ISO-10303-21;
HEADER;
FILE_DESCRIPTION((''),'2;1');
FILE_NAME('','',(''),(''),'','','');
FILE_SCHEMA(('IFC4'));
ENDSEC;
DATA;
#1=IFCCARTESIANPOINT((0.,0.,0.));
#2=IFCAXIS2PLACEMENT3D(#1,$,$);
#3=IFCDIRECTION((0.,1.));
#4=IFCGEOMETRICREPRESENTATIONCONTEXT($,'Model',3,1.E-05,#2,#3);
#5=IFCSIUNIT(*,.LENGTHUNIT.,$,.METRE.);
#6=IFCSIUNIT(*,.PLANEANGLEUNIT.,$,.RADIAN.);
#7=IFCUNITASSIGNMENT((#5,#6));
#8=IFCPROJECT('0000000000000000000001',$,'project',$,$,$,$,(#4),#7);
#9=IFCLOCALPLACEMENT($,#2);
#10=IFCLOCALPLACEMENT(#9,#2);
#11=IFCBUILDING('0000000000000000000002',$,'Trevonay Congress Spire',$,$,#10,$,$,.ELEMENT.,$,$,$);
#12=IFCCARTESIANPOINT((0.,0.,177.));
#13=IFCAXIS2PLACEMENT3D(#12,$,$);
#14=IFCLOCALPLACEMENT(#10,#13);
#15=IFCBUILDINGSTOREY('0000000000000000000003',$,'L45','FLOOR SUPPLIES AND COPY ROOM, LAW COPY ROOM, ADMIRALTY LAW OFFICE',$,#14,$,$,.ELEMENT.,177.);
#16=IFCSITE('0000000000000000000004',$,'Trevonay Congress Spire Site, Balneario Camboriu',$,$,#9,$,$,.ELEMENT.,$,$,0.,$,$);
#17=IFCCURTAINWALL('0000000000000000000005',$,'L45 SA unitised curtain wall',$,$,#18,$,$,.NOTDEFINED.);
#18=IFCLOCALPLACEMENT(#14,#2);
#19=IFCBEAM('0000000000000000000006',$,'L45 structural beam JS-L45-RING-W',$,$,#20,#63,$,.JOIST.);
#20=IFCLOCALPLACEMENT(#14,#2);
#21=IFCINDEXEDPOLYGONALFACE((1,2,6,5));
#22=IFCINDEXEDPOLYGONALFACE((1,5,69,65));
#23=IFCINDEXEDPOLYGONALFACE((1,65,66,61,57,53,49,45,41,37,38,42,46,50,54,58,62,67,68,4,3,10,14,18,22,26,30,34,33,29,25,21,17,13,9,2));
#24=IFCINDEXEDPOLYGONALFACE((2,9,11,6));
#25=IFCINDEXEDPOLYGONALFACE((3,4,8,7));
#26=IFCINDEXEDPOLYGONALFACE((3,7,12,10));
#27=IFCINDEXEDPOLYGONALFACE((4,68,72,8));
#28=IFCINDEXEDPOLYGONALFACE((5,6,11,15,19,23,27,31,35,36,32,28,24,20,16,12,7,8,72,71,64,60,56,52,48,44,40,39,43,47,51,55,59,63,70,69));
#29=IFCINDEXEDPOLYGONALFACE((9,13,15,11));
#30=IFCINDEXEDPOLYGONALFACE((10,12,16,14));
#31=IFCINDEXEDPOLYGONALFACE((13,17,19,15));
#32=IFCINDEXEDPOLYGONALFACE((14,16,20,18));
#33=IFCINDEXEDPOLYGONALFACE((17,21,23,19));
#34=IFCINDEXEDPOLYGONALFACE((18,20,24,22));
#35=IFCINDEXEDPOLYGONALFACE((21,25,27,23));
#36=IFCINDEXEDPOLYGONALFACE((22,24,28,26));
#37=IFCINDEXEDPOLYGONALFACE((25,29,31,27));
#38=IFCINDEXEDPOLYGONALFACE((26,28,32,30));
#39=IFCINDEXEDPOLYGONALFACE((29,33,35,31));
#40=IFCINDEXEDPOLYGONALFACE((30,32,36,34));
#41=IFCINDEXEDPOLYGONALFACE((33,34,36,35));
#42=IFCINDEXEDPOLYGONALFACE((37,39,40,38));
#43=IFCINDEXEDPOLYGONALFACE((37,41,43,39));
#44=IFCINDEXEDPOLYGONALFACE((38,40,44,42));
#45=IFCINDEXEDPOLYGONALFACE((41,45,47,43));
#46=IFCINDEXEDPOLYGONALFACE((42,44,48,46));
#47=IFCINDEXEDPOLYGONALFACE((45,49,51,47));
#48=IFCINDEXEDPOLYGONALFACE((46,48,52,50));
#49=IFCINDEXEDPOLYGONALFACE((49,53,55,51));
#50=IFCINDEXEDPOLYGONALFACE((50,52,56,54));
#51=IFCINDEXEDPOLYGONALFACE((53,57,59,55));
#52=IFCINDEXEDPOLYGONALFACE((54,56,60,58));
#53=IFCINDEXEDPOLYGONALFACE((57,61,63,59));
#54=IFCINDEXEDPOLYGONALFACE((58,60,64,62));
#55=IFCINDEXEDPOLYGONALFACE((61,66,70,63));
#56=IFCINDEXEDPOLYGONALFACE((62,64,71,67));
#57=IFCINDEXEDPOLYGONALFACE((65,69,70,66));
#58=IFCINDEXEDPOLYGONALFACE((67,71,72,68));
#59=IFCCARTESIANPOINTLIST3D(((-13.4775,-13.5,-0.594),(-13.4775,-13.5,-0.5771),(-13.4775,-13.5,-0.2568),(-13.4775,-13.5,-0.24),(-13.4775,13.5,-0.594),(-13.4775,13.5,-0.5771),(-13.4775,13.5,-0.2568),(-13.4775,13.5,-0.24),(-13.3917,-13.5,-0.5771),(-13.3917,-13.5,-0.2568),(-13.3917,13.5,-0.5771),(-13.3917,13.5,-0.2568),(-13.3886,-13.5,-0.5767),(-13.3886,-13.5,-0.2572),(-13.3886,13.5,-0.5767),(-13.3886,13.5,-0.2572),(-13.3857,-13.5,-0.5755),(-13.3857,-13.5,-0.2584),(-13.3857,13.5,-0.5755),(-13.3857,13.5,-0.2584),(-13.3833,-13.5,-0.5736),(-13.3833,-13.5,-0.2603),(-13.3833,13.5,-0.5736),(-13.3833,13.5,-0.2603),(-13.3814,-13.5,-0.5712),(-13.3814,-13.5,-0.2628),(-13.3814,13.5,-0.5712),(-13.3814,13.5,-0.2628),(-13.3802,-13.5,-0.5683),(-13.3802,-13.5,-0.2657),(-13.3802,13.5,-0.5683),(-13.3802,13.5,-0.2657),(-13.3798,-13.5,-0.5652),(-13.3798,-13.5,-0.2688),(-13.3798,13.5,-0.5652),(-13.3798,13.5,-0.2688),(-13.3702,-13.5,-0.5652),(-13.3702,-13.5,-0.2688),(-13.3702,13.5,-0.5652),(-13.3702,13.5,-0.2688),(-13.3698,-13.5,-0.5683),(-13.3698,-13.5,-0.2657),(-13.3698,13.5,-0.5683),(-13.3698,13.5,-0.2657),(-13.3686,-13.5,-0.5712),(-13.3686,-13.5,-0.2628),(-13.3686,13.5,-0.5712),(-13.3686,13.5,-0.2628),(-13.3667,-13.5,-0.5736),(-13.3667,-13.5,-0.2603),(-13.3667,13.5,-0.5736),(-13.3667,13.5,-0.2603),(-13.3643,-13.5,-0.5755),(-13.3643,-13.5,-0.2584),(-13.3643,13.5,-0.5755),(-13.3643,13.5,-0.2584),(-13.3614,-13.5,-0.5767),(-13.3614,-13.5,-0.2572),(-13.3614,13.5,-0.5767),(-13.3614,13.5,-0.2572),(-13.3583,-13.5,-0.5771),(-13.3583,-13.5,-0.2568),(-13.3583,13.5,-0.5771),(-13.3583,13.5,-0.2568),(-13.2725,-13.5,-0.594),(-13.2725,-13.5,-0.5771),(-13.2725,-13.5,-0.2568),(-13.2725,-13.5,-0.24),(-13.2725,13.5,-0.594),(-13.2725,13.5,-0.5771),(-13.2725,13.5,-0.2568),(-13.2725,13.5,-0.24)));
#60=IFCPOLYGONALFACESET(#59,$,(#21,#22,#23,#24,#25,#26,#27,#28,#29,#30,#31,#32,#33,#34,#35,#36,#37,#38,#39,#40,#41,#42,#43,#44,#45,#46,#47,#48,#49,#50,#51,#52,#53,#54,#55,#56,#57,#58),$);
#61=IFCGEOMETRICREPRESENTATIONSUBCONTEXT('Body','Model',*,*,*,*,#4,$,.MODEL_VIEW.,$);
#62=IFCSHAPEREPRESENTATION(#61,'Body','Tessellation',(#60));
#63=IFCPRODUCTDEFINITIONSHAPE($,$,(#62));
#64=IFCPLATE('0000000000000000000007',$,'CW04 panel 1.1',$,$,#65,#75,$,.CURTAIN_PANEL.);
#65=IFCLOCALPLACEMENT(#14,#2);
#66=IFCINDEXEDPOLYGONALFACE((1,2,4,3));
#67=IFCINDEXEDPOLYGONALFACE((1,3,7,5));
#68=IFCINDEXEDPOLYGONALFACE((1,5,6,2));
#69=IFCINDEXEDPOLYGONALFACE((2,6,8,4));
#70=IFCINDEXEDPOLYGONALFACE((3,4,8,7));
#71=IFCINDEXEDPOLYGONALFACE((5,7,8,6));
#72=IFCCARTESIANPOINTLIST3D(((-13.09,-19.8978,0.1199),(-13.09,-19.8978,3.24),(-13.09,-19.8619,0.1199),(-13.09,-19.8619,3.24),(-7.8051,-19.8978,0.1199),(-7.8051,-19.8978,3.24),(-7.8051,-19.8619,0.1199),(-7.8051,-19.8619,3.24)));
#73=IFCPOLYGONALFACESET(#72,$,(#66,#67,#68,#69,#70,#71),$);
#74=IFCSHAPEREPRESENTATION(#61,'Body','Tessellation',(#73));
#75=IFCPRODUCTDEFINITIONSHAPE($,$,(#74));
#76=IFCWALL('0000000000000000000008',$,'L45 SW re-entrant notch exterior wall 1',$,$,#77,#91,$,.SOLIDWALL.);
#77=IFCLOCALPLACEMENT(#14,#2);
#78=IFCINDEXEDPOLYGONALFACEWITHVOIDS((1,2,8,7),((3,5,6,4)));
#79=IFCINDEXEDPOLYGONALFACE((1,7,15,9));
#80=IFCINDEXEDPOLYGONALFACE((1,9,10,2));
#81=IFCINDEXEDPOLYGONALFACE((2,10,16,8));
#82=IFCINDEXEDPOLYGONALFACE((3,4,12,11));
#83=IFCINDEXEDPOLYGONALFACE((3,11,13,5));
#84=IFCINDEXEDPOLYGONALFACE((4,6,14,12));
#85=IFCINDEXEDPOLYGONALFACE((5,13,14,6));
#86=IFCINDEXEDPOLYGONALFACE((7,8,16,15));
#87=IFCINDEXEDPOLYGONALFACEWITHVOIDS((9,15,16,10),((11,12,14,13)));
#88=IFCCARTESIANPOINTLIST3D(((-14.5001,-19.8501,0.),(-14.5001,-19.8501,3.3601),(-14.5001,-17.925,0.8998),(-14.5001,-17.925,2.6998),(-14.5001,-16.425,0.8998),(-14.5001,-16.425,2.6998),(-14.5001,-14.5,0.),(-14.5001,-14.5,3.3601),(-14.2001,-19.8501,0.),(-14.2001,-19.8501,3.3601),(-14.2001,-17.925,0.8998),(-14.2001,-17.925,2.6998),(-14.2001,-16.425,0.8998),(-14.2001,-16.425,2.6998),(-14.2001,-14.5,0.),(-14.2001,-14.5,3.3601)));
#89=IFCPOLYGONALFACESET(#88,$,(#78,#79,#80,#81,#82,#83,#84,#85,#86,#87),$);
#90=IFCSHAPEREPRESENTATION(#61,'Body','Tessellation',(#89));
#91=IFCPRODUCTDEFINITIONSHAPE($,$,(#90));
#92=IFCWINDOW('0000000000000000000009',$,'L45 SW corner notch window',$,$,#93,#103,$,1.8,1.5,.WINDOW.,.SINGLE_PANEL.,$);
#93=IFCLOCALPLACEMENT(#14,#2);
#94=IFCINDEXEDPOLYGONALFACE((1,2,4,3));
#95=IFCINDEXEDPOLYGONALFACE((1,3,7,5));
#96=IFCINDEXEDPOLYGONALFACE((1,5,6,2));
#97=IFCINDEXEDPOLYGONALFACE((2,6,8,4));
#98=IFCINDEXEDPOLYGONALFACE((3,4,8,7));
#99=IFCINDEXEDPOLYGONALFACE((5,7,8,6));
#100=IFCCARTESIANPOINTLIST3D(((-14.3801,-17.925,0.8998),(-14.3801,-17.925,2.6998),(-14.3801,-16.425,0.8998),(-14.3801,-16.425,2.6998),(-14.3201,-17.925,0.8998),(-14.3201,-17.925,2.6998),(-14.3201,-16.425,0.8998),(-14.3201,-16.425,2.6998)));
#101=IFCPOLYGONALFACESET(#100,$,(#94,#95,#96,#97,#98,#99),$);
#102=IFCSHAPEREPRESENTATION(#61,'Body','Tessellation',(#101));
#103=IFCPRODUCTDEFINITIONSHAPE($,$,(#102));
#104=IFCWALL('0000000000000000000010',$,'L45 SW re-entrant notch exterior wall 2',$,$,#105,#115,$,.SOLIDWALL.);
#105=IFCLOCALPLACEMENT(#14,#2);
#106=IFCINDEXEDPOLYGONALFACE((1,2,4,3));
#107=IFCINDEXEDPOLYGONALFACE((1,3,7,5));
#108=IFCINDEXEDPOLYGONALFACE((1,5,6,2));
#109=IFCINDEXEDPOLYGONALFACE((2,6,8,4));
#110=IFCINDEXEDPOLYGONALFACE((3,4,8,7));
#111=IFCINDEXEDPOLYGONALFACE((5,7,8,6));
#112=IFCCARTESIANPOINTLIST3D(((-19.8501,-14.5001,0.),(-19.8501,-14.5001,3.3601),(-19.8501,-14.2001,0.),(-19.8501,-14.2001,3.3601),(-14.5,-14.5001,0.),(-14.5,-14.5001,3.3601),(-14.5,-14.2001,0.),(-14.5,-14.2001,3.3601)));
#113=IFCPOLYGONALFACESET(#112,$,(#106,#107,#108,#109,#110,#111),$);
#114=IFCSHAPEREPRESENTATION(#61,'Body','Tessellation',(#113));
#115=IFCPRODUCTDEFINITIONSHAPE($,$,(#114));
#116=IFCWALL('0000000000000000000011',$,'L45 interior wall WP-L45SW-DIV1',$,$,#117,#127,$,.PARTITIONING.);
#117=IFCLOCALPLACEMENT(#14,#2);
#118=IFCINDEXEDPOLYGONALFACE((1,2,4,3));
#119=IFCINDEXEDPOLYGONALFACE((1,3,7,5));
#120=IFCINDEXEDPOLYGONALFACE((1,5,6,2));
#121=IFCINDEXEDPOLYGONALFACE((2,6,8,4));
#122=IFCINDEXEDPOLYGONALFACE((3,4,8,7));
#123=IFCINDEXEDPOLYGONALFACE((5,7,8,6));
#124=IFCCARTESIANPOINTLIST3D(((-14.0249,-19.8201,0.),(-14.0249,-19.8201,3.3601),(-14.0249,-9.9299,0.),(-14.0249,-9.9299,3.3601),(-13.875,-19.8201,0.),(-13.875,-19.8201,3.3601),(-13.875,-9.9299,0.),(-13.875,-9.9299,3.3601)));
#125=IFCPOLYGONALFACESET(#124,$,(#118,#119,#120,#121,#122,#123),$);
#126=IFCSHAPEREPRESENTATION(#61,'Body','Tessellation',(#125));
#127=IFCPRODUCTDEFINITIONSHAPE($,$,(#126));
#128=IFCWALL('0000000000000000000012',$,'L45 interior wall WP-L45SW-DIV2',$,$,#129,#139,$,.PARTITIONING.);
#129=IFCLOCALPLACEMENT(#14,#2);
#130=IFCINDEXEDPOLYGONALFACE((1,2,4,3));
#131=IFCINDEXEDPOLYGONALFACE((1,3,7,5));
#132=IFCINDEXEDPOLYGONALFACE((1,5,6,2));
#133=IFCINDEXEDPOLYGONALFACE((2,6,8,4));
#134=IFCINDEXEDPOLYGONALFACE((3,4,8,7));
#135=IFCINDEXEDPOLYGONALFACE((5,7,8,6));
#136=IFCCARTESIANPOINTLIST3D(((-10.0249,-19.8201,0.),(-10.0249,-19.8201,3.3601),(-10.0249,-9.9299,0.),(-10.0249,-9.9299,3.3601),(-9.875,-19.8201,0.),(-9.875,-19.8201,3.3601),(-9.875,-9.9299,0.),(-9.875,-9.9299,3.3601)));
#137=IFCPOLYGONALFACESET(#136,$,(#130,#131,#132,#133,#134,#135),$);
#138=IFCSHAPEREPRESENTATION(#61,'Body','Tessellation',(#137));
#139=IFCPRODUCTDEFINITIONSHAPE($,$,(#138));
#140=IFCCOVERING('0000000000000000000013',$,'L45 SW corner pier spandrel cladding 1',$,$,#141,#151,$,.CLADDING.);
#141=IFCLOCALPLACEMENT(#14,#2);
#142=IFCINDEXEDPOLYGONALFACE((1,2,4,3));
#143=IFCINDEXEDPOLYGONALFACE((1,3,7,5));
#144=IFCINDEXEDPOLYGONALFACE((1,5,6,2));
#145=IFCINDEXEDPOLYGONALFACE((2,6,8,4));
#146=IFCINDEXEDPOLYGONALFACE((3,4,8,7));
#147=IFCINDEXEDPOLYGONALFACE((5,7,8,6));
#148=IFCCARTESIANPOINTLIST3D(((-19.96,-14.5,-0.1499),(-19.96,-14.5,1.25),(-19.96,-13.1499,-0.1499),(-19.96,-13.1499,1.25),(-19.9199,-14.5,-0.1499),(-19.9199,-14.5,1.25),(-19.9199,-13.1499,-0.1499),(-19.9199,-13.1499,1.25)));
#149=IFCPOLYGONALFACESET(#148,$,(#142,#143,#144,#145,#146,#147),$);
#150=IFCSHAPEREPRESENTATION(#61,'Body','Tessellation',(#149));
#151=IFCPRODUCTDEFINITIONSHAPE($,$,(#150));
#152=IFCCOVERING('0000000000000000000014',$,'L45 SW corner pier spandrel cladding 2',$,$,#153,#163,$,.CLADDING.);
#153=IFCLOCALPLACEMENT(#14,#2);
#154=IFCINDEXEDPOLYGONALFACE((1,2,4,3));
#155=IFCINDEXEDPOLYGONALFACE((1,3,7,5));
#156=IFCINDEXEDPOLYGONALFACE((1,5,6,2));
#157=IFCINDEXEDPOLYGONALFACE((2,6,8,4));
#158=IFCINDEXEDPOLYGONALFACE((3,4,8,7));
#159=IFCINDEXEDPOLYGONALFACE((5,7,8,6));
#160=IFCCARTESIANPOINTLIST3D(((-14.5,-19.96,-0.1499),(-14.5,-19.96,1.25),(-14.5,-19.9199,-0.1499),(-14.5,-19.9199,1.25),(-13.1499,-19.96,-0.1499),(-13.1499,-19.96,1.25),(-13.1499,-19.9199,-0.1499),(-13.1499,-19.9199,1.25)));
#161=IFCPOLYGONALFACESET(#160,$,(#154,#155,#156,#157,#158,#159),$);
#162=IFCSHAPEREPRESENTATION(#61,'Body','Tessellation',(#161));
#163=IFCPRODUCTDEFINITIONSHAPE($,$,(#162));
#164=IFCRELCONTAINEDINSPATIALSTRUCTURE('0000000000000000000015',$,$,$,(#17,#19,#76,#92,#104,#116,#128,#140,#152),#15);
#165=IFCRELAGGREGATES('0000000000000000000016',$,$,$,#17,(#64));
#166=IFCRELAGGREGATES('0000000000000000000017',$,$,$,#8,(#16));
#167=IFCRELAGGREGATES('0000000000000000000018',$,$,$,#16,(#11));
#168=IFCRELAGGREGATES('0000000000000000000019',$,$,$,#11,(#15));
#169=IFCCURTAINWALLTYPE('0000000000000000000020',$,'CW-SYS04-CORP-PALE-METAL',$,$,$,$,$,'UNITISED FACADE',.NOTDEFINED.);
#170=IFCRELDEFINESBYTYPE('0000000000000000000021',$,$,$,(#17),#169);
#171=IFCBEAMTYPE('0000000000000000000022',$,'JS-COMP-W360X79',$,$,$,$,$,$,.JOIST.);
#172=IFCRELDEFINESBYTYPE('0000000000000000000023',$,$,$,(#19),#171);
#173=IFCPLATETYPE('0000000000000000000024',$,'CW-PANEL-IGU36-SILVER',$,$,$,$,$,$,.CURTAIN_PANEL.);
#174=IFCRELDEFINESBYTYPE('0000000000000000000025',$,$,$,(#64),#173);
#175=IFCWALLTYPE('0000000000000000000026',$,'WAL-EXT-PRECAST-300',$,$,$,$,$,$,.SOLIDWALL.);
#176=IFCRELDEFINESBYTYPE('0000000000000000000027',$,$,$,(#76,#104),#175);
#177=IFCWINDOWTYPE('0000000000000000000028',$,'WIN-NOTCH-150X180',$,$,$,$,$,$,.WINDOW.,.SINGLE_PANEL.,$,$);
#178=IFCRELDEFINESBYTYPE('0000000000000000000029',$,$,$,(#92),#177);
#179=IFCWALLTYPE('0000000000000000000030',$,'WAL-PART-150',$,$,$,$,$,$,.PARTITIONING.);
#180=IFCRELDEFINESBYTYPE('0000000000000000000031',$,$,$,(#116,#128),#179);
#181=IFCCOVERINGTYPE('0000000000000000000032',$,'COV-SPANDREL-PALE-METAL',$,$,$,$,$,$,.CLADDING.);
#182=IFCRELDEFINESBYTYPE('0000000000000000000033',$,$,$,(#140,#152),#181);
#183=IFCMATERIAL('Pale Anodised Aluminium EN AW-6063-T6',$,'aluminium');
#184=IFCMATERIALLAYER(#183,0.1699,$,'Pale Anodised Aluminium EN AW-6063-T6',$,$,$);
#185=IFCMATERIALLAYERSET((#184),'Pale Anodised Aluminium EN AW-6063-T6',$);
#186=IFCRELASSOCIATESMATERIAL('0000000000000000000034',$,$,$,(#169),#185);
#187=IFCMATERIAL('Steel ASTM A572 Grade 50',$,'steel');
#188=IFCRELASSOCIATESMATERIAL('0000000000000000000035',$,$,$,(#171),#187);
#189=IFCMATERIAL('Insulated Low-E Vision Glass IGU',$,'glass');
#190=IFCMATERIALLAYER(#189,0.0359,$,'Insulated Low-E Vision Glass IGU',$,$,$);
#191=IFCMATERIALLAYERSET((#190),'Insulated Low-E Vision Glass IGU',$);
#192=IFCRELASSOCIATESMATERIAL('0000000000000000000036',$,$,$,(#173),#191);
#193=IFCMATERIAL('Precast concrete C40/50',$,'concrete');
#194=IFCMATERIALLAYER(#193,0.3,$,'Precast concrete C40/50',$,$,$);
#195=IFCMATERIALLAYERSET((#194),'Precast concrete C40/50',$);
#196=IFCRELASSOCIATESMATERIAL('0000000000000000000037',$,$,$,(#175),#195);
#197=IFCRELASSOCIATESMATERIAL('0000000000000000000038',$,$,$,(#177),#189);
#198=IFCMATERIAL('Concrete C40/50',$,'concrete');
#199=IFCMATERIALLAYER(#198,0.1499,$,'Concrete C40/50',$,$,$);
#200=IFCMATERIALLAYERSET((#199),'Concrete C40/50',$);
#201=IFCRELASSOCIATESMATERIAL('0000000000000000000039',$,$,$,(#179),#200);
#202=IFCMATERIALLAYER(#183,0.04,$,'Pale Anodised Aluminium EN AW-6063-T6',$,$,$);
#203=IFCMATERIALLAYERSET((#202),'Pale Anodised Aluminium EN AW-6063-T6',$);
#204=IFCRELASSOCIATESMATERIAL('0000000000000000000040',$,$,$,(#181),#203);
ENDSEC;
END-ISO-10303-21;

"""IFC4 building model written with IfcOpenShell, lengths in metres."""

from ifc_helpers import new_model, si_unit, direction, frame, frame_2d, origin, origin_2d, place, context, subcontext, project, spatial, rectangle, i_section, extrude, material, layer, layer_set, material_profile, profile_set, type_object, element, fill, aggregate, save


model = new_model("IFC4")

# Units and contexts
model_context = context("Model", 3, precision=1e-05, world=origin(), true_north=direction((0.0, 1.0)))
body_context = subcontext(model_context, "Body", "Model", "MODEL_VIEW")
ifc_project = project(units=[si_unit("LENGTHUNIT", "METRE"), si_unit("PLANEANGLEUNIT", "RADIAN")], contexts=[model_context])

# Site, building, storey
site_placement = place(None, origin())
site = spatial("IfcSite", under=ifc_project, at=site_placement, Name="Trevonay Congress Spire Site, Balneario Camboriu", CompositionType="ELEMENT", RefElevation=0.0)
building_placement = place(site_placement, origin())
building = spatial("IfcBuilding", under=site, at=building_placement, Name="Trevonay Congress Spire", CompositionType="ELEMENT")
storey_placement = place(building_placement, frame((0.0, 0.0, 177.0)))
storey = spatial("IfcBuildingStorey", under=building, at=storey_placement, Name="L45", Description="FLOOR SUPPLIES AND COPY ROOM, LAW COPY ROOM, ADMIRALTY LAW OFFICE", CompositionType="ELEMENT", Elevation=177.0)

# Shared definitions
ifc_material_1 = material(Name="Steel ASTM A572 Grade 50", Category="steel")

# Curtain wall
ifc_material_2 = material(Name="Pale Anodised Aluminium EN AW-6063-T6", Category="aluminium")
ifc_layer_1 = layer(ifc_material_2, 0.1699, Name="Pale Anodised Aluminium EN AW-6063-T6")
ifc_layer_set_1 = layer_set([ifc_layer_1], Name="Pale Anodised Aluminium EN AW-6063-T6")
curtain_wall_type = type_object("IfcCurtainWallType", Name="CW-SYS04-CORP-PALE-METAL", ElementType="UNITISED FACADE", PredefinedType="NOTDEFINED", material=ifc_layer_set_1)
curtain_wall_1_placement = place(storey_placement, origin())
curtain_wall_1 = element("IfcCurtainWall", 1, at=curtain_wall_1_placement, inside=storey, type_object=curtain_wall_type, Name="L45 SA unitised curtain wall", PredefinedType="NOTDEFINED")

# Beam
ifc_material_profile_1 = material_profile(ifc_material_1, i_section(OverallWidth=0.2051, OverallDepth=0.354, WebThickness=0.0095, FlangeThickness=0.0168, FilletRadius=0.012, at=origin_2d()), Name="W360x79")
ifc_profile_set_1 = profile_set([ifc_material_profile_1], Name="Steel ASTM A572 Grade 50")
beam_type_1 = type_object("IfcBeamType", Name="JS-COMP-W360X79", PredefinedType="JOIST", material=ifc_profile_set_1)
for number, where, z_axis, x_axis, name in (
    (2, (-13.375, -13.5, -0.417), (0.0, 1.0, 0.0), (-1.0, 0.0, 0.0), "L45 structural beam JS-L45-RING-W"),
):
    element("IfcBeam", number, at=place(storey_placement, frame(where, z_axis=z_axis, x_axis=x_axis)), inside=storey, type_object=beam_type_1, Name=name, PredefinedType="JOIST", context=body_context, shape_type="SweptSolid", body=[
        extrude(i_section(OverallWidth=0.2051, OverallDepth=0.354, WebThickness=0.0095, FlangeThickness=0.0168, FilletRadius=0.012, at=origin_2d()), origin(), (0.0, 0.0, 1.0), 27.0),
    ])

# Plate
ifc_material_3 = material(Name="Insulated Low-E Vision Glass IGU", Category="glass")
ifc_layer_2 = layer(ifc_material_3, 0.0359, Name="Insulated Low-E Vision Glass IGU")
ifc_layer_set_2 = layer_set([ifc_layer_2], Name="Insulated Low-E Vision Glass IGU")
plate_type = type_object("IfcPlateType", Name="CW-PANEL-IGU36-SILVER", PredefinedType="CURTAIN_PANEL", material=ifc_layer_set_2)
plate_placement = place(storey_placement, frame((-10.4475, -19.8799, 0.1199), z_axis=(0.0, 0.0, 1.0), x_axis=(1.0, 0.0, 0.0)))
plate = element("IfcPlate", 3, at=plate_placement, type_object=plate_type, Name="CW04 panel 1.1", PredefinedType="CURTAIN_PANEL", context=body_context, shape_type="SweptSolid", body=[
    extrude(rectangle(XDim=5.2849, YDim=0.0359, at=origin_2d()), origin(), (0.0, 0.0, 1.0), 3.1201),
])
aggregate(curtain_wall_1, [plate])

# Wall, opening, window
ifc_material_4 = material(Name="Precast concrete C40/50", Category="concrete")
ifc_layer_3 = layer(ifc_material_4, 0.3, Name="Precast concrete C40/50")
ifc_layer_set_3 = layer_set([ifc_layer_3], Name="Precast concrete C40/50")
wall_type_1 = type_object("IfcWallType", Name="WAL-EXT-PRECAST-300", PredefinedType="SOLIDWALL", material=ifc_layer_set_3)
wall_1_placement = place(storey_placement, frame((-14.3501, -19.8501, 0.0), z_axis=(0.0, 0.0, 1.0), x_axis=(0.0, 1.0, 0.0)))
wall_1 = element("IfcWall", 4, at=wall_1_placement, inside=storey, type_object=wall_type_1, Name="L45 SW re-entrant notch exterior wall 1", PredefinedType="SOLIDWALL", context=body_context, shape_type="SweptSolid", body=[
    extrude(rectangle(XDim=5.3501, YDim=0.3, at=frame_2d((2.675, 0.0))), origin(), (0.0, 0.0, 1.0), 3.3601),
])
opening_placement = place(wall_1_placement, frame((1.925, 0.0, 0.8999)))
opening = element("IfcOpeningElement", 5, at=opening_placement, cuts=wall_1, PredefinedType="OPENING", context=body_context, shape_type="SweptSolid", body=[
    extrude(rectangle(XDim=1.5, YDim=1.8, at=frame_2d((0.75, 0.8999))), frame((0.0, 0.1602, 0.0), z_axis=(0.0, -1.0, 0.0), x_axis=(1.0, 0.0, 0.0)), (0.0, 0.0, 1.0), 0.3201),
])
window_type = type_object("IfcWindowType", Name="WIN-NOTCH-150X180", PartitioningType="SINGLE_PANEL", PredefinedType="WINDOW", material=ifc_material_3)
window_placement = place(opening_placement, origin())
window = element("IfcWindow", 6, at=window_placement, inside=storey, type_object=window_type, Name="L45 SW corner notch window", OverallHeight=1.8, OverallWidth=1.5, PartitioningType="SINGLE_PANEL", PredefinedType="WINDOW", context=body_context, shape_type="SweptSolid", body=[
    extrude(rectangle(XDim=1.5, YDim=1.8, at=frame_2d((0.75, 0.8999))), frame((0.0, 0.03, 0.0), z_axis=(0.0, -1.0, 0.0), x_axis=(1.0, 0.0, 0.0)), (0.0, 0.0, 1.0), 0.0601),
])
fill(opening, window)

# Walls
wall_2_placement = place(storey_placement, frame((-19.8501, -14.3501, 0.0), z_axis=(0.0, 0.0, 1.0), x_axis=(1.0, 0.0, 0.0)))
element("IfcWall", 7, at=wall_2_placement, inside=storey, type_object=wall_type_1, Name="L45 SW re-entrant notch exterior wall 2", PredefinedType="SOLIDWALL", context=body_context, shape_type="SweptSolid", body=[
    extrude(rectangle(XDim=5.3501, YDim=0.3, at=frame_2d((2.675, 0.0))), origin(), (0.0, 0.0, 1.0), 3.3601),
])
ifc_material_5 = material(Name="Concrete C40/50", Category="concrete")
ifc_layer_4 = layer(ifc_material_5, 0.1499, Name="Concrete C40/50")
ifc_layer_set_4 = layer_set([ifc_layer_4], Name="Concrete C40/50")
wall_type_2 = type_object("IfcWallType", Name="WAL-PART-150", PredefinedType="PARTITIONING", material=ifc_layer_set_4)
for number, where, z_axis, x_axis, name in (
    (8, (-13.95, -19.8201, 0.0), (0.0, 0.0, 1.0), (0.0, 1.0, 0.0), "L45 interior wall WP-L45SW-DIV1"),
    (9, (-9.95, -19.8201, 0.0), (0.0, 0.0, 1.0), (0.0, 1.0, 0.0), "L45 interior wall WP-L45SW-DIV2"),
):
    element("IfcWall", number, at=place(storey_placement, frame(where, z_axis=z_axis, x_axis=x_axis)), inside=storey, type_object=wall_type_2, Name=name, PredefinedType="PARTITIONING", context=body_context, shape_type="SweptSolid", body=[
        extrude(rectangle(XDim=9.8901, YDim=0.1499, at=frame_2d((4.9451, 0.0))), origin(), (0.0, 0.0, 1.0), 3.3601),
    ])

# Coverings
ifc_layer_5 = layer(ifc_material_2, 0.04, Name="Pale Anodised Aluminium EN AW-6063-T6")
ifc_layer_set_5 = layer_set([ifc_layer_5], Name="Pale Anodised Aluminium EN AW-6063-T6")
covering_type = type_object("IfcCoveringType", Name="COV-SPANDREL-PALE-METAL", PredefinedType="CLADDING", material=ifc_layer_set_5)
for number, where, z_axis, x_axis, name in (
    (10, (-19.9399, -13.1499, -0.1499), (0.0, 0.0, 1.0), (0.0, -1.0, 0.0), "L45 SW corner pier spandrel cladding 1"),
    (11, (-13.1499, -19.9399, -0.1499), (0.0, 0.0, 1.0), (-1.0, 0.0, 0.0), "L45 SW corner pier spandrel cladding 2"),
):
    element("IfcCovering", number, at=place(storey_placement, frame(where, z_axis=z_axis, x_axis=x_axis)), inside=storey, type_object=covering_type, Name=name, PredefinedType="CLADDING", context=body_context, shape_type="SweptSolid", body=[
        extrude(rectangle(XDim=1.3501, YDim=0.04, at=frame_2d((0.675, 0.0))), origin(), (0.0, 0.0, 1.0), 1.3999),
    ])

save(model, "model.ifc")
